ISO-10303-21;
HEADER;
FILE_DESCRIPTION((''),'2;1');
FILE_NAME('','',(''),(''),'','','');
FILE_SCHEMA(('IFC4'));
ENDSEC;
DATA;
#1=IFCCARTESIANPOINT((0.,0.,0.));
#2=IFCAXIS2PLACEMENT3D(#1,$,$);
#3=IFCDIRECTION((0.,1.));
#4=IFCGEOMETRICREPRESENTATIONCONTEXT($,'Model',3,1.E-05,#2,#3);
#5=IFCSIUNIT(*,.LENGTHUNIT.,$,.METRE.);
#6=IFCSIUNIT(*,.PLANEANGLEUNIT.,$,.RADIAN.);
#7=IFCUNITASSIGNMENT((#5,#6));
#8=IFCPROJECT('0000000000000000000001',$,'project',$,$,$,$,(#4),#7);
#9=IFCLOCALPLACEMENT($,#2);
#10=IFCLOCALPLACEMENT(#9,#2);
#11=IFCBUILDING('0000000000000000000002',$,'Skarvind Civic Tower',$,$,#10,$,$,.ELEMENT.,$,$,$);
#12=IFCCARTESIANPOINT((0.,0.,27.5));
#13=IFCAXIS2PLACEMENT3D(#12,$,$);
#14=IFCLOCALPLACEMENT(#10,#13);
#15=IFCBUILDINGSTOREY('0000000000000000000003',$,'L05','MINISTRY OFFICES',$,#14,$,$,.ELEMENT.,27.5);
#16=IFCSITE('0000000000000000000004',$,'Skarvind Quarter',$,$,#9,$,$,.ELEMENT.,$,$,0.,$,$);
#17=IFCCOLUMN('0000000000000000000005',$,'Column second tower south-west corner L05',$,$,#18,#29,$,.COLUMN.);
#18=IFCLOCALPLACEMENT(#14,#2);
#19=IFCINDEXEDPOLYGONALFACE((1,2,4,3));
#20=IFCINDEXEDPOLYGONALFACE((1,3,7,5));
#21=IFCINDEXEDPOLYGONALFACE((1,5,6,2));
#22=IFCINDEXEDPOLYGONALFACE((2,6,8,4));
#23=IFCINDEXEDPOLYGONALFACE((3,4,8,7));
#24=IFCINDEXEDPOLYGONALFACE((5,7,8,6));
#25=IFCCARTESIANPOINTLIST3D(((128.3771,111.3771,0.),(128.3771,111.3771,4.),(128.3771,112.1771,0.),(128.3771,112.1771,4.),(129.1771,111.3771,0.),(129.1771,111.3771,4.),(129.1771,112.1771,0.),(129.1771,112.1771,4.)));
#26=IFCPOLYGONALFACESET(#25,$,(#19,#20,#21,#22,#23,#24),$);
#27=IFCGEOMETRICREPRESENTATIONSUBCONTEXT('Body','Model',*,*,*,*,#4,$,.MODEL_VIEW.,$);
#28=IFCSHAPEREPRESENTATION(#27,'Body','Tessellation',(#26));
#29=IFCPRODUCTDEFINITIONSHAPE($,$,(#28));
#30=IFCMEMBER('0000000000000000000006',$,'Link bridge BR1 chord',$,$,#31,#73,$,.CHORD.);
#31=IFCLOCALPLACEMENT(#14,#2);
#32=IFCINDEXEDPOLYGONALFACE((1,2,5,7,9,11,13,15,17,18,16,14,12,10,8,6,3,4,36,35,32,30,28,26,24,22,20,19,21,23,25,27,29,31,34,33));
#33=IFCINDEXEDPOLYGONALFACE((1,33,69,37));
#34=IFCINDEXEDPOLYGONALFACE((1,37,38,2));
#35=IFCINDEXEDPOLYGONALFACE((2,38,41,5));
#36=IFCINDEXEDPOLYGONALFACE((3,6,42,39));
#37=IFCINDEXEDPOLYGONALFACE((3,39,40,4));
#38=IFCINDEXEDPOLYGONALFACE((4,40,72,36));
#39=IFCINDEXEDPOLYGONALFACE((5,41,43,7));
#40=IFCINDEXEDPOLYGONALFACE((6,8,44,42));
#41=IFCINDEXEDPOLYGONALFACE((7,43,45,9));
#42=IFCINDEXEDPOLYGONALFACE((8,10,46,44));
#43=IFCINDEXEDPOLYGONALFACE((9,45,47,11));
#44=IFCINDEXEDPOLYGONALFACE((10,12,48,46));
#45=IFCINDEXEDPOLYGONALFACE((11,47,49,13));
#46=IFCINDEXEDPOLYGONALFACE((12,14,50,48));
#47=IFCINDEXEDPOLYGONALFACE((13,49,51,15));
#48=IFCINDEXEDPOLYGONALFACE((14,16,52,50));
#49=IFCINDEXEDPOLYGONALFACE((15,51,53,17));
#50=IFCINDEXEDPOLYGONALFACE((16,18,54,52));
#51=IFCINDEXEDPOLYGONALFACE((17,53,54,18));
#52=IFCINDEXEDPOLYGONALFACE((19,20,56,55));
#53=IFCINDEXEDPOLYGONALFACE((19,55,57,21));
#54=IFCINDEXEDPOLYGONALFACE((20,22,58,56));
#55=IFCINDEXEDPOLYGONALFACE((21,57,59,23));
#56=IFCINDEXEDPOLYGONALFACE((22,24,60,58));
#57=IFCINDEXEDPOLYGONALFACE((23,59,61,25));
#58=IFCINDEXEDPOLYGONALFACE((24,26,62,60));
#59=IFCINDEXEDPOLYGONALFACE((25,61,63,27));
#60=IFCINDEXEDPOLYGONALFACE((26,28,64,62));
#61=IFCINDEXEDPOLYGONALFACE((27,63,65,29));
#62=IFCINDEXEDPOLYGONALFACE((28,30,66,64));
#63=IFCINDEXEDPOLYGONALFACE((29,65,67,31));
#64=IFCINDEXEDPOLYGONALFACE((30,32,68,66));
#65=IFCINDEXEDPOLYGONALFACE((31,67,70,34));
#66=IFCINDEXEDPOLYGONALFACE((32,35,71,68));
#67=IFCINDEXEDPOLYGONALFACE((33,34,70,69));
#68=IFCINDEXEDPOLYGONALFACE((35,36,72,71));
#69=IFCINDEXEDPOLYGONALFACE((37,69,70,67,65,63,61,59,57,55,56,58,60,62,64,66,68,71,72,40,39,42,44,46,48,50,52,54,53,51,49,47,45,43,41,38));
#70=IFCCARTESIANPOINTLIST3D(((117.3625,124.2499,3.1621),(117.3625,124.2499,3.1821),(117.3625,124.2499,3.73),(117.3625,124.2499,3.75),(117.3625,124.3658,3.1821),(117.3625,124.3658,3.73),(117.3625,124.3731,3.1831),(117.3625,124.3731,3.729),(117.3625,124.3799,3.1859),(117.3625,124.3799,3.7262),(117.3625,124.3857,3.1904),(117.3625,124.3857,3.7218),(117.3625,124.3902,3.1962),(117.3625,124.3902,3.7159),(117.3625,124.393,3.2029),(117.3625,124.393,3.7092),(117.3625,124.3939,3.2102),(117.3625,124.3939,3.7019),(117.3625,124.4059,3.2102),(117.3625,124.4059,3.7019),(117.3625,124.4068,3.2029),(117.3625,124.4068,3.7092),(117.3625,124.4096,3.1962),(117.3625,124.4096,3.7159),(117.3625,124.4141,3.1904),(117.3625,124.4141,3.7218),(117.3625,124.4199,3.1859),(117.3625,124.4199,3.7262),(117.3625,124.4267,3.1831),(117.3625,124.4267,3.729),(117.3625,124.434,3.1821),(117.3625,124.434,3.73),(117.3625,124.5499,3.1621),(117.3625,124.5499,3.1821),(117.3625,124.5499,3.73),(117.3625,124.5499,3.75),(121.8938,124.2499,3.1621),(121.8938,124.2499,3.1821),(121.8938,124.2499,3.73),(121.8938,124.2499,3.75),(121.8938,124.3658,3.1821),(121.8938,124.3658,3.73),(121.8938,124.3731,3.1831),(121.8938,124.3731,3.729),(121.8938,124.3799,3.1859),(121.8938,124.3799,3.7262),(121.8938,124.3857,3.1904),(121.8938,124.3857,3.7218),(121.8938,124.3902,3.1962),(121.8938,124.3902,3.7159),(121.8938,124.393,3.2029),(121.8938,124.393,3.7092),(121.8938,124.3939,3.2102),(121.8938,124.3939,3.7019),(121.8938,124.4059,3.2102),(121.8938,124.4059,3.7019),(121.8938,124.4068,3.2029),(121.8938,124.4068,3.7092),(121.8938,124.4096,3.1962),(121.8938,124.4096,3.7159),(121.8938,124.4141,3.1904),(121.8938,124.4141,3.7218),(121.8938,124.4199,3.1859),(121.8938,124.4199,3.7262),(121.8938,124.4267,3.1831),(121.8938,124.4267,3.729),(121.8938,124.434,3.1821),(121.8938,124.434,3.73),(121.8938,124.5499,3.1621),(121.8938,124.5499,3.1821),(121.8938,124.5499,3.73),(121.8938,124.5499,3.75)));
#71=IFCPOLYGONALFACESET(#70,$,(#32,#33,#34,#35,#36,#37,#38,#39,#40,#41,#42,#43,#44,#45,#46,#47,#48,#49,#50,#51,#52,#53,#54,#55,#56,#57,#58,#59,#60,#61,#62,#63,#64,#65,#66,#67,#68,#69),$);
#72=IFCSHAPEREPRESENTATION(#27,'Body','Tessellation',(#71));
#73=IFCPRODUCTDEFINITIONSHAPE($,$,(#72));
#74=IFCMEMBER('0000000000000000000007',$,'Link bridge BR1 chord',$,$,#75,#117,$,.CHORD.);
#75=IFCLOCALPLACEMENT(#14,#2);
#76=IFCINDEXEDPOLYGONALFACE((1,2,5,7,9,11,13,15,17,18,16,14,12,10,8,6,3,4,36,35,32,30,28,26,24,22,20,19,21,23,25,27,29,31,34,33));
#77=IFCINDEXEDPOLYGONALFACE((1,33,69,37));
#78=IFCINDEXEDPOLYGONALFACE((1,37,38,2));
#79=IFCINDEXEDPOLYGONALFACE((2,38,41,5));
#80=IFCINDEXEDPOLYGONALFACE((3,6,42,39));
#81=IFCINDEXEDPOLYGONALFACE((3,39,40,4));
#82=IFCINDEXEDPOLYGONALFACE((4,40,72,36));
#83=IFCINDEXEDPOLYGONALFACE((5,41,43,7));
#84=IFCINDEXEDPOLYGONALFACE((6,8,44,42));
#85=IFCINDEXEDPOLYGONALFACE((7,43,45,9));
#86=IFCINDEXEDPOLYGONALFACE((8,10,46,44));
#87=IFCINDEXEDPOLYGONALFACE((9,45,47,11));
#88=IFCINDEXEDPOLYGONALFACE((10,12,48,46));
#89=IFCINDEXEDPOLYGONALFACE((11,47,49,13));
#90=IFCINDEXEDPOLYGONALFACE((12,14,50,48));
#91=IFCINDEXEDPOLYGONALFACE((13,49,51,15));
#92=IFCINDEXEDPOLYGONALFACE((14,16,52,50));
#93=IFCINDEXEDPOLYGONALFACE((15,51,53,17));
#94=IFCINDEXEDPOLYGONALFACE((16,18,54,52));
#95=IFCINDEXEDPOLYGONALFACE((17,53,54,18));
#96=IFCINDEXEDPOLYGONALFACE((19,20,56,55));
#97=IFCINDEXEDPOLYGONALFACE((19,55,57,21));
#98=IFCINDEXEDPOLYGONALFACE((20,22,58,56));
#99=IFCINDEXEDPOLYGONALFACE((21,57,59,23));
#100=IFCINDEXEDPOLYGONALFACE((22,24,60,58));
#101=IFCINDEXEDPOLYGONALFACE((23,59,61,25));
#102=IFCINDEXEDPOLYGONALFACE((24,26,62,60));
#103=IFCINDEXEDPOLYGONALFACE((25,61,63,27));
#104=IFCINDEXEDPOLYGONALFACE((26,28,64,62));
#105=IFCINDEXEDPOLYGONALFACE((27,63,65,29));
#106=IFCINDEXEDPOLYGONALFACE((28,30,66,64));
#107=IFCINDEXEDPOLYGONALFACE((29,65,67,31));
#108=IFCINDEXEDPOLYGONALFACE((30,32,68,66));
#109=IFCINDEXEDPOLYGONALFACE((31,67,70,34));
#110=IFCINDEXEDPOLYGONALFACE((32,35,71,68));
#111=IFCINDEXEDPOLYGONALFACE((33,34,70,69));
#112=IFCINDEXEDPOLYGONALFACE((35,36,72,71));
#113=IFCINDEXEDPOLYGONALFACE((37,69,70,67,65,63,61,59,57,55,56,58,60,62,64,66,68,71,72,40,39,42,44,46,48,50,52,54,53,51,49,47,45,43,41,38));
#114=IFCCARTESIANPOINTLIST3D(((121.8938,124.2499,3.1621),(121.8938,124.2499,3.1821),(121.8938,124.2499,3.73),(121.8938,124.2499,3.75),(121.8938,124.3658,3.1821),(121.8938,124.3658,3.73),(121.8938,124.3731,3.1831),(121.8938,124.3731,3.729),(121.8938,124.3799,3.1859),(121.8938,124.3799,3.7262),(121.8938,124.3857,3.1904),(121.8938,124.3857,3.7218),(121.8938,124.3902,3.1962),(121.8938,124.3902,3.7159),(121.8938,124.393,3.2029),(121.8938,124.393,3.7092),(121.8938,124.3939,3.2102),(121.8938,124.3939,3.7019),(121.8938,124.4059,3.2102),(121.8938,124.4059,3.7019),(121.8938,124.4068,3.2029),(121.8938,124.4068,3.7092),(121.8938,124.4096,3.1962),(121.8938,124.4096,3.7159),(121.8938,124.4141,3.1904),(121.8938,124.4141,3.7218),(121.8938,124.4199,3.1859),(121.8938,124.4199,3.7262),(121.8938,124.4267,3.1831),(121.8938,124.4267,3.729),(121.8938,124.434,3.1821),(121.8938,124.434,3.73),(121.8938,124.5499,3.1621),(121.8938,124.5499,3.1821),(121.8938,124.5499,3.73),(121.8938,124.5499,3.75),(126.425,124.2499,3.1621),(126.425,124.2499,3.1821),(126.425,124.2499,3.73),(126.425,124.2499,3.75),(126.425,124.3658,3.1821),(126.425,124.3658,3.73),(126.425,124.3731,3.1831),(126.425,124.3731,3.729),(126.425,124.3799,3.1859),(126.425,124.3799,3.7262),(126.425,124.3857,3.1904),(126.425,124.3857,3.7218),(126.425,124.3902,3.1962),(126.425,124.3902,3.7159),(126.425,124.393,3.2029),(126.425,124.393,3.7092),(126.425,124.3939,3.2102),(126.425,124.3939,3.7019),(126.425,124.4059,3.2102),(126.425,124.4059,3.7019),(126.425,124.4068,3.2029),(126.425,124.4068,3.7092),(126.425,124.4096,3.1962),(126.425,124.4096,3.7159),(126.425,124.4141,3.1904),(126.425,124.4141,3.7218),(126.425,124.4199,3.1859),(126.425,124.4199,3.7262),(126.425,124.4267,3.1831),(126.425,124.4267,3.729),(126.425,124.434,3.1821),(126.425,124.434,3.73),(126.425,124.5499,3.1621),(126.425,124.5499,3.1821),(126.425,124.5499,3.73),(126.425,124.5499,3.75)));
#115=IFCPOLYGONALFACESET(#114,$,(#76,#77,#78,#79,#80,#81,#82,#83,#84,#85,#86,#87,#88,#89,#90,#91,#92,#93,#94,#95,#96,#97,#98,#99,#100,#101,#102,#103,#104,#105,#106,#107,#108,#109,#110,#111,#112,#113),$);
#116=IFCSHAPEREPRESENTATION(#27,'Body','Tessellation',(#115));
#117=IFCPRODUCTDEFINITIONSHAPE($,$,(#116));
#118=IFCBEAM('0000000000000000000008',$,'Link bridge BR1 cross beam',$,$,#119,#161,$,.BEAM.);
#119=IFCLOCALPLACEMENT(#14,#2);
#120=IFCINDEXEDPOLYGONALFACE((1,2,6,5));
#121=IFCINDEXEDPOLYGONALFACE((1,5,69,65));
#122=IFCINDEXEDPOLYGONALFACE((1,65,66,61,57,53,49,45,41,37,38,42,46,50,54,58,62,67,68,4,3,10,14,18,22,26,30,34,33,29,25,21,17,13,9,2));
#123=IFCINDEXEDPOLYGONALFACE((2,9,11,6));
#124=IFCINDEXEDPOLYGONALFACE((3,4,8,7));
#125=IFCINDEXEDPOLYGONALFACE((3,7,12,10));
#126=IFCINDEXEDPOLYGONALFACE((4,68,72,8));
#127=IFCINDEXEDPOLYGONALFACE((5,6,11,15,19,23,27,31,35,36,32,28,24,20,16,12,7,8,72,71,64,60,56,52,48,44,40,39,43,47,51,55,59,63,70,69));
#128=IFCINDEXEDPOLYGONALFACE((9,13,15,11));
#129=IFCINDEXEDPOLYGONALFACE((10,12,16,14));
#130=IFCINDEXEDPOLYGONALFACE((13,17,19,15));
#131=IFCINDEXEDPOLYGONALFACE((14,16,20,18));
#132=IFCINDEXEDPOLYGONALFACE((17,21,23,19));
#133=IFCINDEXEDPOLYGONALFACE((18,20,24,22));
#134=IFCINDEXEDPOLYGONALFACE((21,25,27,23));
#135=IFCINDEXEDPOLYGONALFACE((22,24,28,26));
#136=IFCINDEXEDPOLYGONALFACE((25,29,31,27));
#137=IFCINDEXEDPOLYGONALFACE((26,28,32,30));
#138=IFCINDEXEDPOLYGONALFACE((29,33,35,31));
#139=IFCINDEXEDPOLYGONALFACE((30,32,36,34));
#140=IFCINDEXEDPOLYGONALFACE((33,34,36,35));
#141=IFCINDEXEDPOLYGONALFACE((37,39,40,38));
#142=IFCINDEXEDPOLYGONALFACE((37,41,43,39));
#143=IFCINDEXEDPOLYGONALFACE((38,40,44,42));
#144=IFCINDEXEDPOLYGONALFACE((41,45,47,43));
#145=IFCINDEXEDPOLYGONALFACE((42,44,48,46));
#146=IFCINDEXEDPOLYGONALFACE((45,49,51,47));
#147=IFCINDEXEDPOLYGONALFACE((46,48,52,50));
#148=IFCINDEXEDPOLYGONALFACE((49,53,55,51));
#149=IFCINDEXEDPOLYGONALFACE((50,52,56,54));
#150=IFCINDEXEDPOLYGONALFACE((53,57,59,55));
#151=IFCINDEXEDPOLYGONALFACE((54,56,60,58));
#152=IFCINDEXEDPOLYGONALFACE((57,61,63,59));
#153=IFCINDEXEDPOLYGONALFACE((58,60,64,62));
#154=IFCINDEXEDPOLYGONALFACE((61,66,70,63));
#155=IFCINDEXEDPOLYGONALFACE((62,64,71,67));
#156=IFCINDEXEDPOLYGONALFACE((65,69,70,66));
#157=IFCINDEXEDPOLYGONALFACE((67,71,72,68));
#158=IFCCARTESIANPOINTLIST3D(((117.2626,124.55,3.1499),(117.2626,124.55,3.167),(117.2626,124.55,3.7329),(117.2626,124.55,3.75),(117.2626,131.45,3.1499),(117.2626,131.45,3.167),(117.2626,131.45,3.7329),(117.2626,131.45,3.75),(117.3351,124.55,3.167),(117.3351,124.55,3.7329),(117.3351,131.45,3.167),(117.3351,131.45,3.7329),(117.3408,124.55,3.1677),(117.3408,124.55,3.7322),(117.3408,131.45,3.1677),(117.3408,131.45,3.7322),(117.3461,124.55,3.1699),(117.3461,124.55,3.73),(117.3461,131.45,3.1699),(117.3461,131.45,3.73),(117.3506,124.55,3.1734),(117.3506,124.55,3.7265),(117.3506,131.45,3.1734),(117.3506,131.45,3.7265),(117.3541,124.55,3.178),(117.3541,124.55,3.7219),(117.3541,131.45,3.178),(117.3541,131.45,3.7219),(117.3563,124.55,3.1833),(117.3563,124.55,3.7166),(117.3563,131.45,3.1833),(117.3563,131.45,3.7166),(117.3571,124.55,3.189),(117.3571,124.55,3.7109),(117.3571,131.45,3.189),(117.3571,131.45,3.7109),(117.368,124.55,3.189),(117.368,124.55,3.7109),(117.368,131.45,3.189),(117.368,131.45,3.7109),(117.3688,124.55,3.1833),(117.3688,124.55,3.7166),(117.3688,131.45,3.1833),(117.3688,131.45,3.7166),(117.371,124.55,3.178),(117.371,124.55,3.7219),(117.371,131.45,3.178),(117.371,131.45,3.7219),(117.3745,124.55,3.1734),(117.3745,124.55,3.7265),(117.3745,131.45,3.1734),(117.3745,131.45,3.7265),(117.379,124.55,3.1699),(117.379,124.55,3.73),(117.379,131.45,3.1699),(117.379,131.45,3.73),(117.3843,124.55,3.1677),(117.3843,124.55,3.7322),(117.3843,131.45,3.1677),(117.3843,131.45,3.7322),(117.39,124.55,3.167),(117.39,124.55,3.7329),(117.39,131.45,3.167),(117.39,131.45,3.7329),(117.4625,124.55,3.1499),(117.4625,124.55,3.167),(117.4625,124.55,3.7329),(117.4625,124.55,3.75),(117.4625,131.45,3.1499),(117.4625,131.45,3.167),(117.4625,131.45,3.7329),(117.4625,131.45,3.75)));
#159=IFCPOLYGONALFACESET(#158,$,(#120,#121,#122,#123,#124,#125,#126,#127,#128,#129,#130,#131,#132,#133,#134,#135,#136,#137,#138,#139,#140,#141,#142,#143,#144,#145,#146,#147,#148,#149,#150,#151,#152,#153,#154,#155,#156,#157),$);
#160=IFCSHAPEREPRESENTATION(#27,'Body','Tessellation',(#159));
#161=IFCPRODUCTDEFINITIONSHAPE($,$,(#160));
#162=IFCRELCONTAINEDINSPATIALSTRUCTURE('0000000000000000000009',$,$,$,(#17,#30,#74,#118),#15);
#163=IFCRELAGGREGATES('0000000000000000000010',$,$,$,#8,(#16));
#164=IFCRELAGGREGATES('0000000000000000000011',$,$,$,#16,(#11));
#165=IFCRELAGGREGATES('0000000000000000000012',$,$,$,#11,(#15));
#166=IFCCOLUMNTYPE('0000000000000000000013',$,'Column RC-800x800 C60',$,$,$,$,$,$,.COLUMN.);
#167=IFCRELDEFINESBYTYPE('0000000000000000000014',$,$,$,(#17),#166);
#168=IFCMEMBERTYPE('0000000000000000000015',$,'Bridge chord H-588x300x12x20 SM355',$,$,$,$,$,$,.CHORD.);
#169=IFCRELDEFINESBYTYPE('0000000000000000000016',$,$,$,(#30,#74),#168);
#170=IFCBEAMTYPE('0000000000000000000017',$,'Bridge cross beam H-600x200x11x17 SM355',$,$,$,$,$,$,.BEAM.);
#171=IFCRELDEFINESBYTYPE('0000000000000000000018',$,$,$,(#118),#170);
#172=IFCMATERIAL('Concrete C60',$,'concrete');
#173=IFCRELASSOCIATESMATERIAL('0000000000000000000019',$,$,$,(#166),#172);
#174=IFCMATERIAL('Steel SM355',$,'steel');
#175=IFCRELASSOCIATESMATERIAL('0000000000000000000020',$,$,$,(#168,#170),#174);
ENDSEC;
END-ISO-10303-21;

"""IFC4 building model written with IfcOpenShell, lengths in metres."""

from ifc_helpers import new_model, si_unit, direction, frame, origin, origin_2d, place, context, subcontext, project, spatial, rectangle, i_section, extrude, material, material_profile, profile_set, type_object, element, save


model = new_model("IFC4")

# Units and contexts
model_context = context("Model", 3, precision=1e-05, world=origin(), true_north=direction((0.0, 1.0)))
body_context = subcontext(model_context, "Body", "Model", "MODEL_VIEW")
ifc_project = project(units=[si_unit("LENGTHUNIT", "METRE"), si_unit("PLANEANGLEUNIT", "RADIAN")], contexts=[model_context])

# Site, building, storey
site_placement = place(None, origin())
site = spatial("IfcSite", under=ifc_project, at=site_placement, Name="Skarvind Quarter", CompositionType="ELEMENT", RefElevation=0.0)
building_placement = place(site_placement, origin())
building = spatial("IfcBuilding", under=site, at=building_placement, Name="Skarvind Civic Tower", CompositionType="ELEMENT")
storey_placement = place(building_placement, frame((0.0, 0.0, 27.5)))
storey = spatial("IfcBuildingStorey", under=building, at=storey_placement, Name="L05", Description="MINISTRY OFFICES", CompositionType="ELEMENT", Elevation=27.5)

# Column
ifc_material_1 = material(Name="Concrete C60", Category="concrete")
ifc_material_profile_1 = material_profile(ifc_material_1, rectangle(XDim=0.8, YDim=0.8, at=origin_2d()), Name="RC-800x800")
ifc_profile_set_1 = profile_set([ifc_material_profile_1], Name="Concrete C60")
column_type = type_object("IfcColumnType", Name="Column RC-800x800 C60", PredefinedType="COLUMN", material=ifc_profile_set_1)
column_placement = place(storey_placement, frame((128.7771, 111.7771, 0.0), z_axis=(0.0, 0.0, 1.0), x_axis=(1.0, 0.0, 0.0)))
element("IfcColumn", 1, at=column_placement, inside=storey, type_object=column_type, Name="Column second tower south-west corner L05", PredefinedType="COLUMN", context=body_context, shape_type="SweptSolid", body=[
    extrude(rectangle(XDim=0.8, YDim=0.8, at=origin_2d()), origin(), (0.0, 0.0, 1.0), 4.0),
])

# Members
ifc_material_2 = material(Name="Steel SM355", Category="steel")
ifc_material_profile_2 = material_profile(ifc_material_2, i_section(OverallWidth=0.3, OverallDepth=0.5879, WebThickness=0.012, FlangeThickness=0.02, FilletRadius=0.0281, at=origin_2d()), Name="H-588x300x12x20")
ifc_profile_set_2 = profile_set([ifc_material_profile_2], Name="Steel SM355")
member_type_1 = type_object("IfcMemberType", Name="Bridge chord H-588x300x12x20 SM355", PredefinedType="CHORD", material=ifc_profile_set_2)
for number, where, z_axis, x_axis, name in (
    (2, (117.3625, 124.3999, 3.4561), (1.0, 0.0, 0.0), (0.0, 1.0, 0.0), "Link bridge BR1 chord"),
    (3, (121.8938, 124.3999, 3.4561), (1.0, 0.0, 0.0), (0.0, 1.0, 0.0), "Link bridge BR1 chord"),
):
    element("IfcMember", number, at=place(storey_placement, frame(where, z_axis=z_axis, x_axis=x_axis)), inside=storey, type_object=member_type_1, Name=name, PredefinedType="CHORD", context=body_context, shape_type="SweptSolid", body=[
        extrude(i_section(OverallWidth=0.3, OverallDepth=0.5879, WebThickness=0.012, FlangeThickness=0.02, FilletRadius=0.0281, at=origin_2d()), origin(), (0.0, 0.0, 1.0), 4.5312),
    ])

# Beam
ifc_material_profile_3 = material_profile(ifc_material_2, i_section(OverallWidth=0.2, OverallDepth=0.6001, WebThickness=0.011, FlangeThickness=0.0171, FilletRadius=0.022, at=origin_2d()), Name="H-600x200x11x17")
ifc_profile_set_3 = profile_set([ifc_material_profile_3], Name="Steel SM355")
beam_type_1 = type_object("IfcBeamType", Name="Bridge cross beam H-600x200x11x17 SM355", PredefinedType="BEAM", material=ifc_profile_set_3)
for number, where, z_axis, x_axis, name in (
    (4, (117.3625, 124.55, 3.45), (0.0, 1.0, 0.0), (-1.0, 0.0, 0.0), "Link bridge BR1 cross beam"),
):
    element("IfcBeam", number, at=place(storey_placement, frame(where, z_axis=z_axis, x_axis=x_axis)), inside=storey, type_object=beam_type_1, Name=name, PredefinedType="BEAM", context=body_context, shape_type="SweptSolid", body=[
        extrude(i_section(OverallWidth=0.2, OverallDepth=0.6001, WebThickness=0.011, FlangeThickness=0.0171, FilletRadius=0.022, at=origin_2d()), origin(), (0.0, 0.0, 1.0), 6.8999),
    ])

save(model, "model.ifc")
